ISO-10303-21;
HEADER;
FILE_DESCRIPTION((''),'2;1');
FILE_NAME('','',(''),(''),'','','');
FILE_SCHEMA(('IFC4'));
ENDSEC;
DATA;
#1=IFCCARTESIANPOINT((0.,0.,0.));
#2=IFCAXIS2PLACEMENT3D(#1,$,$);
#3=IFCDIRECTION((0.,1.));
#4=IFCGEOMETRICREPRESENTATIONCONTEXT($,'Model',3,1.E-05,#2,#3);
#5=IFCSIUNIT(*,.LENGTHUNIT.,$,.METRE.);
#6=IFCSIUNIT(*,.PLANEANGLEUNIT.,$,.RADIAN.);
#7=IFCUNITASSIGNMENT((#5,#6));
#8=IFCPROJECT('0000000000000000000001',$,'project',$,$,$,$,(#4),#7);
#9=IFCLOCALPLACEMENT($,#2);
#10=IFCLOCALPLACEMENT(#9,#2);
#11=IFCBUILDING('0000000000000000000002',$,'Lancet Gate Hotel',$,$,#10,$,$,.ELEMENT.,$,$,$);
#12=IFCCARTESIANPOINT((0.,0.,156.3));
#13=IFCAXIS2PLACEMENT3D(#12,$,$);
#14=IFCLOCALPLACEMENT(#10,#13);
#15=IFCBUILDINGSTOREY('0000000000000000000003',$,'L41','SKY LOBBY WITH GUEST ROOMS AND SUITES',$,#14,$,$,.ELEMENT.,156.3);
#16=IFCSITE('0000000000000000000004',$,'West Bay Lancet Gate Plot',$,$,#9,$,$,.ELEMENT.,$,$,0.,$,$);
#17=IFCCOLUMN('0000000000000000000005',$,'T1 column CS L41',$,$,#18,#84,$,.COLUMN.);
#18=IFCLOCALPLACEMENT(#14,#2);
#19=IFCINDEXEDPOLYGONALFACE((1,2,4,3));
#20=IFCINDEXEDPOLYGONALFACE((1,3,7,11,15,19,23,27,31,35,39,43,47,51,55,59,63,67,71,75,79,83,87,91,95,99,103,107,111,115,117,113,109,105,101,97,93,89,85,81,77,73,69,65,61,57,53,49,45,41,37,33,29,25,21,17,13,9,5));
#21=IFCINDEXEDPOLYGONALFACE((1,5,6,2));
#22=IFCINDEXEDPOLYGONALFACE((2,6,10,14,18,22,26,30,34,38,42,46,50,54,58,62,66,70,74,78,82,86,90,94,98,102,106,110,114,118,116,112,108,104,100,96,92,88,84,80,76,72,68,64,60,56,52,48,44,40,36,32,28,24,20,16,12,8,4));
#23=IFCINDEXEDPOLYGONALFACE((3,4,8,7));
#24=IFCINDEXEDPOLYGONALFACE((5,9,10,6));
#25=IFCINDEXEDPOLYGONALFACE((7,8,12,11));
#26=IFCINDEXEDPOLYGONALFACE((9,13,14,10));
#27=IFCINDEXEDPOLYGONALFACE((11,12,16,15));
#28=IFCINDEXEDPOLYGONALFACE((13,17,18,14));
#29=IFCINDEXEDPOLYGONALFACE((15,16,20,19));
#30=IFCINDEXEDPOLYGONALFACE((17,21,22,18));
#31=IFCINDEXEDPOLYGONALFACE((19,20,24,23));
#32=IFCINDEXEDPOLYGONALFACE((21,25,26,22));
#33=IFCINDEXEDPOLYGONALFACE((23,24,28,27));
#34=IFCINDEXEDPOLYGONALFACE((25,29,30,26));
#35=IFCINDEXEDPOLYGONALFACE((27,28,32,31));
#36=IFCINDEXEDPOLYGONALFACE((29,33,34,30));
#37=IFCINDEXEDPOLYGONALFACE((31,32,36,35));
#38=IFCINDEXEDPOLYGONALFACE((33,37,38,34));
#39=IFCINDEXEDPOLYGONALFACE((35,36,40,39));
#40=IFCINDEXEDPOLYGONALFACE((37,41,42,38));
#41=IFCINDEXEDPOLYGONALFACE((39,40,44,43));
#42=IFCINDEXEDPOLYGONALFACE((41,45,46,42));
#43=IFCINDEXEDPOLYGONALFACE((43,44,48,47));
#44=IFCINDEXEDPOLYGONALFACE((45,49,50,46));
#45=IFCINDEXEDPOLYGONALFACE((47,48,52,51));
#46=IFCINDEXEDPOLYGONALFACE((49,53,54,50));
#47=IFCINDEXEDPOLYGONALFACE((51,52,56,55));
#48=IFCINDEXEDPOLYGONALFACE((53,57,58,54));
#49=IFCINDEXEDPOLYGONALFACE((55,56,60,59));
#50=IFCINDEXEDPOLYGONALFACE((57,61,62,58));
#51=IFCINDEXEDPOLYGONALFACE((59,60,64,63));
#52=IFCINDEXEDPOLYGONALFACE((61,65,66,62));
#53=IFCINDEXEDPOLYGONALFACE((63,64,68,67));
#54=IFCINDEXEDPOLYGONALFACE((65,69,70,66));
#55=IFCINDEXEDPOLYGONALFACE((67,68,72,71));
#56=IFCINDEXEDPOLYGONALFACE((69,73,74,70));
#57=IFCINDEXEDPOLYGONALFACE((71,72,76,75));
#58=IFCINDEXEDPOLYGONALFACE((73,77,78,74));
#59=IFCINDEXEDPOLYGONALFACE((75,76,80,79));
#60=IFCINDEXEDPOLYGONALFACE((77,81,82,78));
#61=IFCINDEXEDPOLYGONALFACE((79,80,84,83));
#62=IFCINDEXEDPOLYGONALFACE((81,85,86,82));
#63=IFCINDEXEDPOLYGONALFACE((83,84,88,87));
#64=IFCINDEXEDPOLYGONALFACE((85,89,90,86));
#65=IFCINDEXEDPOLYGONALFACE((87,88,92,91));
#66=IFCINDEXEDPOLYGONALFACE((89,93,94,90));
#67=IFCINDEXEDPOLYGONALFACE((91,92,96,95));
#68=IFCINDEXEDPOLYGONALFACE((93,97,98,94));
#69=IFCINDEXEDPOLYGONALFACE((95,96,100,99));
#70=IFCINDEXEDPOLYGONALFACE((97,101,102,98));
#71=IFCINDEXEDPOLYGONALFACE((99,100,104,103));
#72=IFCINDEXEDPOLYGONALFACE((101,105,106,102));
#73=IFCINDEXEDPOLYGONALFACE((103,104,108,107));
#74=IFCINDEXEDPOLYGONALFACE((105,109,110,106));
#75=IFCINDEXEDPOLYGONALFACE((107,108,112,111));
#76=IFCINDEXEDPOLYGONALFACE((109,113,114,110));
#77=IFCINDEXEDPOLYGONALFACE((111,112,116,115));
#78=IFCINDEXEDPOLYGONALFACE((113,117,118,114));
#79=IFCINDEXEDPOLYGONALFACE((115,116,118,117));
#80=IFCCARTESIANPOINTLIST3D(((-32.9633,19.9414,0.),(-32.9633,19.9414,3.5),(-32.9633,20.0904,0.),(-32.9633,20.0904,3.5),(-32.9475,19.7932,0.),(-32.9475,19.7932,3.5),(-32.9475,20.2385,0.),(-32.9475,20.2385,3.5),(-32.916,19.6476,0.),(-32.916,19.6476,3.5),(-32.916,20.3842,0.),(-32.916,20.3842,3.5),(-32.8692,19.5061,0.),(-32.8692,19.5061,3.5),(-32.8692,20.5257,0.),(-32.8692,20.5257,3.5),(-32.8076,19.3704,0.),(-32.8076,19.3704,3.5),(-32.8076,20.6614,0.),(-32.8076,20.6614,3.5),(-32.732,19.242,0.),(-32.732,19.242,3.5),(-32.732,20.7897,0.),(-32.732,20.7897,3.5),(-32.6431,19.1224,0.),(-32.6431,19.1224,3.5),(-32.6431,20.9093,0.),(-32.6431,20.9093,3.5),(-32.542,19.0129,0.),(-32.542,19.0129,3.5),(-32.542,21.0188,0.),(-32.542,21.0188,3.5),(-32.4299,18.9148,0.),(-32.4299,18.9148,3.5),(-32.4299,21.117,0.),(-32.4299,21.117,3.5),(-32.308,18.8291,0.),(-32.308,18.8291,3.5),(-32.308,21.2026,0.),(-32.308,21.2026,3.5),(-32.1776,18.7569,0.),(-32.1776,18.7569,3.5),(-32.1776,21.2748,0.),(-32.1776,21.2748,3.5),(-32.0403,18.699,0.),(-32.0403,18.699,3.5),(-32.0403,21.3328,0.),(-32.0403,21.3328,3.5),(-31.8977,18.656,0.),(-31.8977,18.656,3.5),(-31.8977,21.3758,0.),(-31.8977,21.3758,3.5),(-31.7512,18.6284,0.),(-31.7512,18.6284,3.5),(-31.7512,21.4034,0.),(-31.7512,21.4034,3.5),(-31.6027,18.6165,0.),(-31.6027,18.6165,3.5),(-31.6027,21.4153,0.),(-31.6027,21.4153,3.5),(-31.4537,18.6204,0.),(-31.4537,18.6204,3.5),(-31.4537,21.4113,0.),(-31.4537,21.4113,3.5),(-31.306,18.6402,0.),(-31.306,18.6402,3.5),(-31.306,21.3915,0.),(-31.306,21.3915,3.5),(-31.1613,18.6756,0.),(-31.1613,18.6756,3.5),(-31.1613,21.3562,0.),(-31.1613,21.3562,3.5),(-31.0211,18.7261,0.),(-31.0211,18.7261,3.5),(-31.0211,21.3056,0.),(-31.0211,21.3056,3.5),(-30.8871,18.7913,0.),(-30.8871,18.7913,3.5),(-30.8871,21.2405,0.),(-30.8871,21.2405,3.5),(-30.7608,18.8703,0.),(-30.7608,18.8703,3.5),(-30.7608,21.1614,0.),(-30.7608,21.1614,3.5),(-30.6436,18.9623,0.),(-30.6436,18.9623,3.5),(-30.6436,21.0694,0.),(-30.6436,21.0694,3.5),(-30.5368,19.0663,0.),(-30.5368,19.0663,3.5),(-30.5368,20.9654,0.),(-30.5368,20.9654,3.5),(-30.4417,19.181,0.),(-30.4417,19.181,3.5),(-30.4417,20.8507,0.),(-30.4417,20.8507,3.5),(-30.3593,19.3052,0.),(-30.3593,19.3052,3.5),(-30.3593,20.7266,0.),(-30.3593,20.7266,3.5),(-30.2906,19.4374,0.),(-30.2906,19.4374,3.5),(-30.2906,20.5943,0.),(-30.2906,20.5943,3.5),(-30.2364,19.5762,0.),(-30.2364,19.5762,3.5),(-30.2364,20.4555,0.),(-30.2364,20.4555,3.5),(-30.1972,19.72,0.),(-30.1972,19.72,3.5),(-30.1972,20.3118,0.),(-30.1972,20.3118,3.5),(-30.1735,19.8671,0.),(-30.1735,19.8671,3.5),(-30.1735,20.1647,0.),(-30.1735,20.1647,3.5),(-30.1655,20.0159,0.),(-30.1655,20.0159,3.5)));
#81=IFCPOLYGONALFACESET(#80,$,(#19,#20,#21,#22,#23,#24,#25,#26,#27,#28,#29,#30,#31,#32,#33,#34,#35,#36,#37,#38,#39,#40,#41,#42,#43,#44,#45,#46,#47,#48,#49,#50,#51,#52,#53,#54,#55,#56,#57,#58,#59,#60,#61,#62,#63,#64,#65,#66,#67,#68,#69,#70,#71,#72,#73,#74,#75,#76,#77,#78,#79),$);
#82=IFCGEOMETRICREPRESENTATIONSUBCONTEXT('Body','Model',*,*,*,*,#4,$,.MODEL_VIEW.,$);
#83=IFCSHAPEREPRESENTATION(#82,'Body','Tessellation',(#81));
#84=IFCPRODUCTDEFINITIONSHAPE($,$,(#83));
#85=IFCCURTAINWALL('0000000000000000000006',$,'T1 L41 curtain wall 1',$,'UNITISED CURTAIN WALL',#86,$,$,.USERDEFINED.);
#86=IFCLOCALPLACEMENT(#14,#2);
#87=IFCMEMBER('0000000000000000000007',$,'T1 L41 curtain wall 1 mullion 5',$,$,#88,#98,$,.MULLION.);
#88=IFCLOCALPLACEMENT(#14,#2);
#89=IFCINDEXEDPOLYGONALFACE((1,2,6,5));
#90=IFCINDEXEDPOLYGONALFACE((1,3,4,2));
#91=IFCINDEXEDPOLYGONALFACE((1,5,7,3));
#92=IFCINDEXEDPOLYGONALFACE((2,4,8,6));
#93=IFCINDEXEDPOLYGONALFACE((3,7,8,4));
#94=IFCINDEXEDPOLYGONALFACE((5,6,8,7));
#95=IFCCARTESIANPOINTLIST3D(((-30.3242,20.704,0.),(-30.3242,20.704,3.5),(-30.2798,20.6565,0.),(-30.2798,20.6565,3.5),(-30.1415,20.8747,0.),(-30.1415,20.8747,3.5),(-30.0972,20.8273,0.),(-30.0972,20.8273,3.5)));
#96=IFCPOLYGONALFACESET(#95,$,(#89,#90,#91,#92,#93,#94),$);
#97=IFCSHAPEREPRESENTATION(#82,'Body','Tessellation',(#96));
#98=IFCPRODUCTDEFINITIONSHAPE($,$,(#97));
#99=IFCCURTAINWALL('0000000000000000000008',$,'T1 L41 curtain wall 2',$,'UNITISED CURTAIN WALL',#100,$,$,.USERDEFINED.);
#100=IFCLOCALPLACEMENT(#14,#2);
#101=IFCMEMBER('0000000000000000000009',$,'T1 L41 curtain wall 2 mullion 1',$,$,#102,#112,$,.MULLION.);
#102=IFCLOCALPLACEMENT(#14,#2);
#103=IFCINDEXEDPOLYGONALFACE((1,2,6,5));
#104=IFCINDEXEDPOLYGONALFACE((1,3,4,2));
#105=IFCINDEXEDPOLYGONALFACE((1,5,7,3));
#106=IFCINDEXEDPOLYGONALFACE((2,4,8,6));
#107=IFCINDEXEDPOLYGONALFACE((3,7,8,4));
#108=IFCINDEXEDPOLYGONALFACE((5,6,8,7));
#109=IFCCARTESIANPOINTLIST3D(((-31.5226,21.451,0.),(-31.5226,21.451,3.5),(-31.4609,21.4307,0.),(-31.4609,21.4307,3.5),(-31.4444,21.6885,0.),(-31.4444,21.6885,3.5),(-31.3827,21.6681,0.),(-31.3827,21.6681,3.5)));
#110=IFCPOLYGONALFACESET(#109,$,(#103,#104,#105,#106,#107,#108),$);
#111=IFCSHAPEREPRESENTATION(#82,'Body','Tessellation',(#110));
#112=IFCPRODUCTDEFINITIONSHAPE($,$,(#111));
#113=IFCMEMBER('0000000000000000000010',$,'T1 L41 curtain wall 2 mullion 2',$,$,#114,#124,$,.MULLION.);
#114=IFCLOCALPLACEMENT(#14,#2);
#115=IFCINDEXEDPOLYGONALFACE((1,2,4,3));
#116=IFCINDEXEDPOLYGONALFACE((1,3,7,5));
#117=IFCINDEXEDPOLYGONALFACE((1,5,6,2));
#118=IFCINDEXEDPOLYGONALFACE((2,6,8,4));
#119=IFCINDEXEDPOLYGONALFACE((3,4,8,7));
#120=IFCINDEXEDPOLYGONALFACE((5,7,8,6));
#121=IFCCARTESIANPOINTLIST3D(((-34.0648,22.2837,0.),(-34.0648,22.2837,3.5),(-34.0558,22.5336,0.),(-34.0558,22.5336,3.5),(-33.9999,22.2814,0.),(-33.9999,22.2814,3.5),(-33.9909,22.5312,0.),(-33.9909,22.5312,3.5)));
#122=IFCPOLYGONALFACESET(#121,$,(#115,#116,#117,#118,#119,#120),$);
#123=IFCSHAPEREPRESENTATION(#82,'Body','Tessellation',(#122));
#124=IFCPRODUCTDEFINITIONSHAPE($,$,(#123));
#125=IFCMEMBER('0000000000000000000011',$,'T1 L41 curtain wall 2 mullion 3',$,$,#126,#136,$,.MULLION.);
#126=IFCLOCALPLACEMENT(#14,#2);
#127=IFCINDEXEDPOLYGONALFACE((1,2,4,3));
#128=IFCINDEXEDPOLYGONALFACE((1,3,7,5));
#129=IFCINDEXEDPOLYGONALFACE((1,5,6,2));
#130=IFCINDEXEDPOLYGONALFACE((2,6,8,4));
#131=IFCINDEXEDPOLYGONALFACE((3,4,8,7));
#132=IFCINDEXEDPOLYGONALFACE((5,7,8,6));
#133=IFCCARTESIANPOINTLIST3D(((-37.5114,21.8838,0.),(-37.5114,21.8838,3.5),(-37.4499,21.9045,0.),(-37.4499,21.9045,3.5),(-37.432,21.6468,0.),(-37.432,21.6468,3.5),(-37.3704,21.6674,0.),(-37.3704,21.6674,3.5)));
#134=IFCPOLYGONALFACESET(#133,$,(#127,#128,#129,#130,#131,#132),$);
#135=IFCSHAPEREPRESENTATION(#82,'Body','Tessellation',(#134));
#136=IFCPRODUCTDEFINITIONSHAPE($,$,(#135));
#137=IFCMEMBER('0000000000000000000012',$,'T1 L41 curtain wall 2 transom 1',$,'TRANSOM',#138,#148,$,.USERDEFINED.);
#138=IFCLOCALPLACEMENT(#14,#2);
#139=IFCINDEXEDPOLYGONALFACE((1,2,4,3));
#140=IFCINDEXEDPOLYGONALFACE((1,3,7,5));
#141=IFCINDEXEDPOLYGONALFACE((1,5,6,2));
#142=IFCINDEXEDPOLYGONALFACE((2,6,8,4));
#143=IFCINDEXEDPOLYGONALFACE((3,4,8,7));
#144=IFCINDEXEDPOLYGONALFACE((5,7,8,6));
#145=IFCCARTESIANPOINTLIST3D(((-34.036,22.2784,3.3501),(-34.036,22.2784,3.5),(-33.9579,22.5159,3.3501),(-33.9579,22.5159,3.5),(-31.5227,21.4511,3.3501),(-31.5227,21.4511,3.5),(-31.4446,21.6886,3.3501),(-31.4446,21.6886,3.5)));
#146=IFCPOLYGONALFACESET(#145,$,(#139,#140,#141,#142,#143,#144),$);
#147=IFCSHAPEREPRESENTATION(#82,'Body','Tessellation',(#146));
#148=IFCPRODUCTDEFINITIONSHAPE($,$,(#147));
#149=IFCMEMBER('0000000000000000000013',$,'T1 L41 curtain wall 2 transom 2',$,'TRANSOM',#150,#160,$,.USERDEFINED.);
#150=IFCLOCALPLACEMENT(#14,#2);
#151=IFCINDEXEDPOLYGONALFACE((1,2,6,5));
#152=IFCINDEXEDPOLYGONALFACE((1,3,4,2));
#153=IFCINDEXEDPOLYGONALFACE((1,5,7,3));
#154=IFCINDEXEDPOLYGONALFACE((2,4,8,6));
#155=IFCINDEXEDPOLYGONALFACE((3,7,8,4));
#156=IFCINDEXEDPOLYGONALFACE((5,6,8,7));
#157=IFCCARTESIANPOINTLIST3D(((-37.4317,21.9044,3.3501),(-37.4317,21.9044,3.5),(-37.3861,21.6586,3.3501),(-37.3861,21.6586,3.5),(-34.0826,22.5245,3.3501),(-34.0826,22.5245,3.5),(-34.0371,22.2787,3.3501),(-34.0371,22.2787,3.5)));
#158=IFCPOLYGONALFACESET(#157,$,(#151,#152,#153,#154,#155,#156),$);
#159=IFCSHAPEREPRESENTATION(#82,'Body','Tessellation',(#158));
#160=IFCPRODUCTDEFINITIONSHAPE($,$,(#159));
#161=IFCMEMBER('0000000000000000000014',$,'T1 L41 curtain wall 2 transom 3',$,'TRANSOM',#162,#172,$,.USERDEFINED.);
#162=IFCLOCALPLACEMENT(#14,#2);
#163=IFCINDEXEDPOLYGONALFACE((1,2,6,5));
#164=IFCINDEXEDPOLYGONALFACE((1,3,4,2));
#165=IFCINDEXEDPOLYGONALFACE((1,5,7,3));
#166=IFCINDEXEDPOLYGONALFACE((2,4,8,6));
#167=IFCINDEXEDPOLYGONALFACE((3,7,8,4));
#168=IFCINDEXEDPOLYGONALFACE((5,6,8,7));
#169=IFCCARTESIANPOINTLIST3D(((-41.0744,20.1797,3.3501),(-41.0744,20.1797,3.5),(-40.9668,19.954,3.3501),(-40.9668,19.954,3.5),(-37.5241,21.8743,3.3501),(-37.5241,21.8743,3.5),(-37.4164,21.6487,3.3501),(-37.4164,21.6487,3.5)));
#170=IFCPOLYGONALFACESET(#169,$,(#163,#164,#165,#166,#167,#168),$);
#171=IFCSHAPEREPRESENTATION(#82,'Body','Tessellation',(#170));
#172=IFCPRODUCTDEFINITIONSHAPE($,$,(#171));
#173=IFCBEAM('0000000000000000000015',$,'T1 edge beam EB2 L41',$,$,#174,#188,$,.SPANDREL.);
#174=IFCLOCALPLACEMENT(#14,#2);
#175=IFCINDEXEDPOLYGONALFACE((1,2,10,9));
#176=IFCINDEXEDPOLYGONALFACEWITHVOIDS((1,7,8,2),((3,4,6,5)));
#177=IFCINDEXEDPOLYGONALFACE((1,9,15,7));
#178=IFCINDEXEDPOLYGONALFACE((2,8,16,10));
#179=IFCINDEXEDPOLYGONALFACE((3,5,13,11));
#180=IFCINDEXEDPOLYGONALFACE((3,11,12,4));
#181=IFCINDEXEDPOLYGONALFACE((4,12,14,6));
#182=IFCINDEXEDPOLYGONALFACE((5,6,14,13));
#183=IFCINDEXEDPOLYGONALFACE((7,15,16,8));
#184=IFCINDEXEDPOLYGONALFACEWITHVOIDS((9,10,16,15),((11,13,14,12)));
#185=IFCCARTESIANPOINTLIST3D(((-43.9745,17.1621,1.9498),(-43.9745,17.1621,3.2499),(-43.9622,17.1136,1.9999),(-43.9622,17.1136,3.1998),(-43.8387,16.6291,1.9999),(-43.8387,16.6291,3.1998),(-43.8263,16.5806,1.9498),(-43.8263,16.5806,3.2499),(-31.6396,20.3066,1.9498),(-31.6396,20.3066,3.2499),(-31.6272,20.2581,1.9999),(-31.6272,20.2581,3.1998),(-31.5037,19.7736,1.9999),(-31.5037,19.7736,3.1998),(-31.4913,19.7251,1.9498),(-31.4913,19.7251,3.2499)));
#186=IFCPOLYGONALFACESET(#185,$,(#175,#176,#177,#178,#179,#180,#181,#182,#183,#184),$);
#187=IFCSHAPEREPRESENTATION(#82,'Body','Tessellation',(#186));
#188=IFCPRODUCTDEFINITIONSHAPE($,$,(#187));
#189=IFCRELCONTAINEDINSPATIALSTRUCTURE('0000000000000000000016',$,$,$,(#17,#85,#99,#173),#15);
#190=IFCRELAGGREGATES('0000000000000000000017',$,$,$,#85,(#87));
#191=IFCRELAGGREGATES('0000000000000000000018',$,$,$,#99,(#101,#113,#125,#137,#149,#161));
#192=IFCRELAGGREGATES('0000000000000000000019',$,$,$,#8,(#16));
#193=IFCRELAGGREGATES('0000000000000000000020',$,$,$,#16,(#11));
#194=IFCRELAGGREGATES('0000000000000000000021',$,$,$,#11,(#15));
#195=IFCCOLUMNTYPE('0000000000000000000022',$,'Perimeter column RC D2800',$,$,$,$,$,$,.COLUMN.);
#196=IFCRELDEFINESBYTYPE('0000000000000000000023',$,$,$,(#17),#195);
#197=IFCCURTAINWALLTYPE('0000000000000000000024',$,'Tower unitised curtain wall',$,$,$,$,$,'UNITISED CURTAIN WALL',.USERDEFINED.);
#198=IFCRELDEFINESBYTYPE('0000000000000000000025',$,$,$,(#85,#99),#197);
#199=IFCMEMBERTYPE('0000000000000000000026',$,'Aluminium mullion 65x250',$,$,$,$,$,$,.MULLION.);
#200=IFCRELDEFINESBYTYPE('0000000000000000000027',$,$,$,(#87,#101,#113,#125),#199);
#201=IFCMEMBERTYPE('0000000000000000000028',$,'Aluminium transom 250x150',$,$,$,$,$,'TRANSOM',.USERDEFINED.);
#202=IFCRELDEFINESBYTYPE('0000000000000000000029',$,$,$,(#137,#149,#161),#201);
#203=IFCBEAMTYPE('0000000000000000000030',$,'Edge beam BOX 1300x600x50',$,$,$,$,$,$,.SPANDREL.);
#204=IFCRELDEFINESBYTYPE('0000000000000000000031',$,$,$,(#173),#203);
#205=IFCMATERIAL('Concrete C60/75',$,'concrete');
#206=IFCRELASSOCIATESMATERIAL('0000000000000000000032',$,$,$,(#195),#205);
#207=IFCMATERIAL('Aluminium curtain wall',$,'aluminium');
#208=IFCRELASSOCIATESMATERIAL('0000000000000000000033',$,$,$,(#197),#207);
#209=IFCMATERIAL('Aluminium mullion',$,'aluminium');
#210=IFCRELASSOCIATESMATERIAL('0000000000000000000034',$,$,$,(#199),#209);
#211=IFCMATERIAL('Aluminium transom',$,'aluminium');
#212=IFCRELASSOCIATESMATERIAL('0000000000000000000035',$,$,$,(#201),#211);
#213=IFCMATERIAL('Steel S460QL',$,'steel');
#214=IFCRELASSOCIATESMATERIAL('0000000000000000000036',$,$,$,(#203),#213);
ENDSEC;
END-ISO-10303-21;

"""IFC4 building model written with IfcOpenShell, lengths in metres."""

from ifc_helpers import new_model, si_unit, direction, frame, origin, origin_2d, place, context, subcontext, project, spatial, rectangle, hollow_rectangle, circle, extrude, material, material_profile, profile_set, type_object, element, aggregate, save


model = new_model("IFC4")

# Units and contexts
model_context = context("Model", 3, precision=1e-05, world=origin(), true_north=direction((0.0, 1.0)))
body_context = subcontext(model_context, "Body", "Model", "MODEL_VIEW")
ifc_project = project(units=[si_unit("LENGTHUNIT", "METRE"), si_unit("PLANEANGLEUNIT", "RADIAN")], contexts=[model_context])

# Site, building, storey
site_placement = place(None, origin())
site = spatial("IfcSite", under=ifc_project, at=site_placement, Name="West Bay Lancet Gate Plot", CompositionType="ELEMENT", RefElevation=0.0)
building_placement = place(site_placement, origin())
building = spatial("IfcBuilding", under=site, at=building_placement, Name="Lancet Gate Hotel", CompositionType="ELEMENT")
storey_placement = place(building_placement, frame((0.0, 0.0, 156.3)))
storey = spatial("IfcBuildingStorey", under=building, at=storey_placement, Name="L41", Description="SKY LOBBY WITH GUEST ROOMS AND SUITES", CompositionType="ELEMENT", Elevation=156.3)

# Column
ifc_material_1 = material(Name="Concrete C60/75", Category="concrete")
ifc_material_profile_1 = material_profile(ifc_material_1, circle(Radius=1.3999, at=origin_2d()), Name="RC D2800")
ifc_profile_set_1 = profile_set([ifc_material_profile_1], Name="Concrete C60/75")
column_type = type_object("IfcColumnType", Name="Perimeter column RC D2800", PredefinedType="COLUMN", material=ifc_profile_set_1)
column_placement = place(storey_placement, frame((-31.5654, 20.0159, 0.0), z_axis=(0.0, 0.0, 1.0), x_axis=(1.0, 0.0, 0.0)))
element("IfcColumn", 1, at=column_placement, inside=storey, type_object=column_type, Name="T1 column CS L41", PredefinedType="COLUMN", context=body_context, shape_type="SweptSolid", body=[
    extrude(circle(Radius=1.3999, at=origin_2d()), origin(), (0.0, 0.0, 1.0), 3.5),
])

# Curtain wall, member
ifc_material_2 = material(Name="Aluminium curtain wall", Category="aluminium")
curtain_wall_type = type_object("IfcCurtainWallType", Name="Tower unitised curtain wall", ElementType="UNITISED CURTAIN WALL", PredefinedType="USERDEFINED", material=ifc_material_2)
curtain_wall_1_placement = place(storey_placement, origin())
curtain_wall_1 = element("IfcCurtainWall", 2, at=curtain_wall_1_placement, inside=storey, type_object=curtain_wall_type, Name="T1 L41 curtain wall 1", ObjectType="UNITISED CURTAIN WALL", PredefinedType="USERDEFINED")
ifc_material_3 = material(Name="Aluminium mullion", Category="aluminium")
ifc_material_profile_2 = material_profile(ifc_material_3, rectangle(XDim=0.0649, YDim=0.25, at=origin_2d()), Name="MULLION 65x250")
ifc_profile_set_2 = profile_set([ifc_material_profile_2], Name="Aluminium mullion")
member_type_1 = type_object("IfcMemberType", Name="Aluminium mullion 65x250", PredefinedType="MULLION", material=ifc_profile_set_2)
member_1_placement = place(storey_placement, frame((-30.2107, 20.7656, 0.0), z_axis=(0.0, 0.0, 1.0), x_axis=(-0.682845, 0.730563, 0.0)))
member_1 = element("IfcMember", 3, at=member_1_placement, type_object=member_type_1, Name="T1 L41 curtain wall 1 mullion 5", PredefinedType="MULLION", context=body_context, shape_type="SweptSolid", body=[
    extrude(rectangle(XDim=0.0649, YDim=0.25, at=origin_2d()), origin(), (0.0, 0.0, 1.0), 3.5),
])
aggregate(curtain_wall_1, [member_1])

# Curtain wall, members
curtain_wall_2_placement = place(storey_placement, origin())
curtain_wall_2 = element("IfcCurtainWall", 4, at=curtain_wall_2_placement, inside=storey, type_object=curtain_wall_type, Name="T1 L41 curtain wall 2", ObjectType="UNITISED CURTAIN WALL", PredefinedType="USERDEFINED")
member_2_placement = place(storey_placement, frame((-31.4526, 21.5596, 0.0), z_axis=(0.0, 0.0, 1.0), x_axis=(-0.949848, 0.312712, 0.0)))
member_2 = element("IfcMember", 5, at=member_2_placement, type_object=member_type_1, Name="T1 L41 curtain wall 2 mullion 1", PredefinedType="MULLION", context=body_context, shape_type="SweptSolid", body=[
    extrude(rectangle(XDim=0.0649, YDim=0.25, at=origin_2d()), origin(), (0.0, 0.0, 1.0), 3.5),
])
member_3_placement = place(storey_placement, frame((-34.0278, 22.4075, 0.0), z_axis=(0.0, 0.0, 1.0), x_axis=(-0.99935, 0.036037, 0.0)))
member_3 = element("IfcMember", 6, at=member_3_placement, type_object=member_type_1, Name="T1 L41 curtain wall 2 mullion 2", PredefinedType="MULLION", context=body_context, shape_type="SweptSolid", body=[
    extrude(rectangle(XDim=0.0649, YDim=0.25, at=origin_2d()), origin(), (0.0, 0.0, 1.0), 3.5),
])
member_4_placement = place(storey_placement, frame((-37.4409, 21.7756, 0.0), z_axis=(0.0, 0.0, 1.0), x_axis=(-0.948119, -0.317915, 0.0)))
member_4 = element("IfcMember", 7, at=member_4_placement, type_object=member_type_1, Name="T1 L41 curtain wall 2 mullion 3", PredefinedType="MULLION", context=body_context, shape_type="SweptSolid", body=[
    extrude(rectangle(XDim=0.0649, YDim=0.25, at=origin_2d()), origin(), (0.0, 0.0, 1.0), 3.5),
])
ifc_material_4 = material(Name="Aluminium transom", Category="aluminium")
ifc_material_profile_3 = material_profile(ifc_material_4, rectangle(XDim=0.25, YDim=0.1499, at=origin_2d()), Name="TRANSOM 250x150")
ifc_profile_set_3 = profile_set([ifc_material_profile_3], Name="Aluminium transom")
member_type_2 = type_object("IfcMemberType", Name="Aluminium transom 250x150", ElementType="TRANSOM", PredefinedType="USERDEFINED", material=ifc_profile_set_3)
member_5_placement = place(storey_placement, frame((-31.4836, 21.5698, 3.425), z_axis=(-0.949858, 0.312683, 0.0), x_axis=(-0.312683, -0.949858, 0.0)))
member_5 = element("IfcMember", 8, at=member_5_placement, type_object=member_type_2, Name="T1 L41 curtain wall 2 transom 1", ObjectType="TRANSOM", PredefinedType="USERDEFINED", context=body_context, shape_type="SweptSolid", body=[
    extrude(rectangle(XDim=0.25, YDim=0.1499, at=origin_2d()), origin(), (0.0, 0.0, 1.0), 2.646),
])
member_6_placement = place(storey_placement, frame((-34.0598, 22.4016, 3.425), z_axis=(-0.983287, -0.182064, 0.0), x_axis=(0.182064, -0.983287, 0.0)))
member_6 = element("IfcMember", 9, at=member_6_placement, type_object=member_type_2, Name="T1 L41 curtain wall 2 transom 2", ObjectType="TRANSOM", PredefinedType="USERDEFINED", context=body_context, shape_type="SweptSolid", body=[
    extrude(rectangle(XDim=0.25, YDim=0.1499, at=origin_2d()), origin(), (0.0, 0.0, 1.0), 3.406),
])
member_7_placement = place(storey_placement, frame((-37.4702, 21.7615, 3.425), z_axis=(-0.902469, -0.430755, 0.0), x_axis=(0.430755, -0.902469, 0.0)))
member_7 = element("IfcMember", 10, at=member_7_placement, type_object=member_type_2, Name="T1 L41 curtain wall 2 transom 3", ObjectType="TRANSOM", PredefinedType="USERDEFINED", context=body_context, shape_type="SweptSolid", body=[
    extrude(rectangle(XDim=0.25, YDim=0.1499, at=origin_2d()), origin(), (0.0, 0.0, 1.0), 3.9341),
])

# Beam
ifc_material_5 = material(Name="Steel S460QL", Category="steel")
ifc_material_profile_4 = material_profile(ifc_material_5, hollow_rectangle(XDim=0.6001, YDim=1.3, WallThickness=0.05, at=origin_2d()), Name="BOX 1300x600x50")
ifc_profile_set_4 = profile_set([ifc_material_profile_4], Name="Steel S460QL")
beam_type_1 = type_object("IfcBeamType", Name="Edge beam BOX 1300x600x50", PredefinedType="SPANDREL", material=ifc_profile_set_4)
beam_1_placement = place(storey_placement, frame((-31.5654, 20.0159, 2.5999), z_axis=(-0.969008, -0.247028, 0.0), x_axis=(0.247028, -0.969008, 0.0)))
element("IfcBeam", 11, at=beam_1_placement, inside=storey, type_object=beam_type_1, Name="T1 edge beam EB2 L41", PredefinedType="SPANDREL", context=body_context, shape_type="SweptSolid", body=[
    extrude(hollow_rectangle(XDim=0.6001, YDim=1.3, WallThickness=0.05, at=origin_2d()), origin(), (0.0, 0.0, 1.0), 12.7295),
])

aggregate(curtain_wall_2, [member_2, member_3, member_4, member_5, member_6, member_7])

save(model, "model.ifc")
